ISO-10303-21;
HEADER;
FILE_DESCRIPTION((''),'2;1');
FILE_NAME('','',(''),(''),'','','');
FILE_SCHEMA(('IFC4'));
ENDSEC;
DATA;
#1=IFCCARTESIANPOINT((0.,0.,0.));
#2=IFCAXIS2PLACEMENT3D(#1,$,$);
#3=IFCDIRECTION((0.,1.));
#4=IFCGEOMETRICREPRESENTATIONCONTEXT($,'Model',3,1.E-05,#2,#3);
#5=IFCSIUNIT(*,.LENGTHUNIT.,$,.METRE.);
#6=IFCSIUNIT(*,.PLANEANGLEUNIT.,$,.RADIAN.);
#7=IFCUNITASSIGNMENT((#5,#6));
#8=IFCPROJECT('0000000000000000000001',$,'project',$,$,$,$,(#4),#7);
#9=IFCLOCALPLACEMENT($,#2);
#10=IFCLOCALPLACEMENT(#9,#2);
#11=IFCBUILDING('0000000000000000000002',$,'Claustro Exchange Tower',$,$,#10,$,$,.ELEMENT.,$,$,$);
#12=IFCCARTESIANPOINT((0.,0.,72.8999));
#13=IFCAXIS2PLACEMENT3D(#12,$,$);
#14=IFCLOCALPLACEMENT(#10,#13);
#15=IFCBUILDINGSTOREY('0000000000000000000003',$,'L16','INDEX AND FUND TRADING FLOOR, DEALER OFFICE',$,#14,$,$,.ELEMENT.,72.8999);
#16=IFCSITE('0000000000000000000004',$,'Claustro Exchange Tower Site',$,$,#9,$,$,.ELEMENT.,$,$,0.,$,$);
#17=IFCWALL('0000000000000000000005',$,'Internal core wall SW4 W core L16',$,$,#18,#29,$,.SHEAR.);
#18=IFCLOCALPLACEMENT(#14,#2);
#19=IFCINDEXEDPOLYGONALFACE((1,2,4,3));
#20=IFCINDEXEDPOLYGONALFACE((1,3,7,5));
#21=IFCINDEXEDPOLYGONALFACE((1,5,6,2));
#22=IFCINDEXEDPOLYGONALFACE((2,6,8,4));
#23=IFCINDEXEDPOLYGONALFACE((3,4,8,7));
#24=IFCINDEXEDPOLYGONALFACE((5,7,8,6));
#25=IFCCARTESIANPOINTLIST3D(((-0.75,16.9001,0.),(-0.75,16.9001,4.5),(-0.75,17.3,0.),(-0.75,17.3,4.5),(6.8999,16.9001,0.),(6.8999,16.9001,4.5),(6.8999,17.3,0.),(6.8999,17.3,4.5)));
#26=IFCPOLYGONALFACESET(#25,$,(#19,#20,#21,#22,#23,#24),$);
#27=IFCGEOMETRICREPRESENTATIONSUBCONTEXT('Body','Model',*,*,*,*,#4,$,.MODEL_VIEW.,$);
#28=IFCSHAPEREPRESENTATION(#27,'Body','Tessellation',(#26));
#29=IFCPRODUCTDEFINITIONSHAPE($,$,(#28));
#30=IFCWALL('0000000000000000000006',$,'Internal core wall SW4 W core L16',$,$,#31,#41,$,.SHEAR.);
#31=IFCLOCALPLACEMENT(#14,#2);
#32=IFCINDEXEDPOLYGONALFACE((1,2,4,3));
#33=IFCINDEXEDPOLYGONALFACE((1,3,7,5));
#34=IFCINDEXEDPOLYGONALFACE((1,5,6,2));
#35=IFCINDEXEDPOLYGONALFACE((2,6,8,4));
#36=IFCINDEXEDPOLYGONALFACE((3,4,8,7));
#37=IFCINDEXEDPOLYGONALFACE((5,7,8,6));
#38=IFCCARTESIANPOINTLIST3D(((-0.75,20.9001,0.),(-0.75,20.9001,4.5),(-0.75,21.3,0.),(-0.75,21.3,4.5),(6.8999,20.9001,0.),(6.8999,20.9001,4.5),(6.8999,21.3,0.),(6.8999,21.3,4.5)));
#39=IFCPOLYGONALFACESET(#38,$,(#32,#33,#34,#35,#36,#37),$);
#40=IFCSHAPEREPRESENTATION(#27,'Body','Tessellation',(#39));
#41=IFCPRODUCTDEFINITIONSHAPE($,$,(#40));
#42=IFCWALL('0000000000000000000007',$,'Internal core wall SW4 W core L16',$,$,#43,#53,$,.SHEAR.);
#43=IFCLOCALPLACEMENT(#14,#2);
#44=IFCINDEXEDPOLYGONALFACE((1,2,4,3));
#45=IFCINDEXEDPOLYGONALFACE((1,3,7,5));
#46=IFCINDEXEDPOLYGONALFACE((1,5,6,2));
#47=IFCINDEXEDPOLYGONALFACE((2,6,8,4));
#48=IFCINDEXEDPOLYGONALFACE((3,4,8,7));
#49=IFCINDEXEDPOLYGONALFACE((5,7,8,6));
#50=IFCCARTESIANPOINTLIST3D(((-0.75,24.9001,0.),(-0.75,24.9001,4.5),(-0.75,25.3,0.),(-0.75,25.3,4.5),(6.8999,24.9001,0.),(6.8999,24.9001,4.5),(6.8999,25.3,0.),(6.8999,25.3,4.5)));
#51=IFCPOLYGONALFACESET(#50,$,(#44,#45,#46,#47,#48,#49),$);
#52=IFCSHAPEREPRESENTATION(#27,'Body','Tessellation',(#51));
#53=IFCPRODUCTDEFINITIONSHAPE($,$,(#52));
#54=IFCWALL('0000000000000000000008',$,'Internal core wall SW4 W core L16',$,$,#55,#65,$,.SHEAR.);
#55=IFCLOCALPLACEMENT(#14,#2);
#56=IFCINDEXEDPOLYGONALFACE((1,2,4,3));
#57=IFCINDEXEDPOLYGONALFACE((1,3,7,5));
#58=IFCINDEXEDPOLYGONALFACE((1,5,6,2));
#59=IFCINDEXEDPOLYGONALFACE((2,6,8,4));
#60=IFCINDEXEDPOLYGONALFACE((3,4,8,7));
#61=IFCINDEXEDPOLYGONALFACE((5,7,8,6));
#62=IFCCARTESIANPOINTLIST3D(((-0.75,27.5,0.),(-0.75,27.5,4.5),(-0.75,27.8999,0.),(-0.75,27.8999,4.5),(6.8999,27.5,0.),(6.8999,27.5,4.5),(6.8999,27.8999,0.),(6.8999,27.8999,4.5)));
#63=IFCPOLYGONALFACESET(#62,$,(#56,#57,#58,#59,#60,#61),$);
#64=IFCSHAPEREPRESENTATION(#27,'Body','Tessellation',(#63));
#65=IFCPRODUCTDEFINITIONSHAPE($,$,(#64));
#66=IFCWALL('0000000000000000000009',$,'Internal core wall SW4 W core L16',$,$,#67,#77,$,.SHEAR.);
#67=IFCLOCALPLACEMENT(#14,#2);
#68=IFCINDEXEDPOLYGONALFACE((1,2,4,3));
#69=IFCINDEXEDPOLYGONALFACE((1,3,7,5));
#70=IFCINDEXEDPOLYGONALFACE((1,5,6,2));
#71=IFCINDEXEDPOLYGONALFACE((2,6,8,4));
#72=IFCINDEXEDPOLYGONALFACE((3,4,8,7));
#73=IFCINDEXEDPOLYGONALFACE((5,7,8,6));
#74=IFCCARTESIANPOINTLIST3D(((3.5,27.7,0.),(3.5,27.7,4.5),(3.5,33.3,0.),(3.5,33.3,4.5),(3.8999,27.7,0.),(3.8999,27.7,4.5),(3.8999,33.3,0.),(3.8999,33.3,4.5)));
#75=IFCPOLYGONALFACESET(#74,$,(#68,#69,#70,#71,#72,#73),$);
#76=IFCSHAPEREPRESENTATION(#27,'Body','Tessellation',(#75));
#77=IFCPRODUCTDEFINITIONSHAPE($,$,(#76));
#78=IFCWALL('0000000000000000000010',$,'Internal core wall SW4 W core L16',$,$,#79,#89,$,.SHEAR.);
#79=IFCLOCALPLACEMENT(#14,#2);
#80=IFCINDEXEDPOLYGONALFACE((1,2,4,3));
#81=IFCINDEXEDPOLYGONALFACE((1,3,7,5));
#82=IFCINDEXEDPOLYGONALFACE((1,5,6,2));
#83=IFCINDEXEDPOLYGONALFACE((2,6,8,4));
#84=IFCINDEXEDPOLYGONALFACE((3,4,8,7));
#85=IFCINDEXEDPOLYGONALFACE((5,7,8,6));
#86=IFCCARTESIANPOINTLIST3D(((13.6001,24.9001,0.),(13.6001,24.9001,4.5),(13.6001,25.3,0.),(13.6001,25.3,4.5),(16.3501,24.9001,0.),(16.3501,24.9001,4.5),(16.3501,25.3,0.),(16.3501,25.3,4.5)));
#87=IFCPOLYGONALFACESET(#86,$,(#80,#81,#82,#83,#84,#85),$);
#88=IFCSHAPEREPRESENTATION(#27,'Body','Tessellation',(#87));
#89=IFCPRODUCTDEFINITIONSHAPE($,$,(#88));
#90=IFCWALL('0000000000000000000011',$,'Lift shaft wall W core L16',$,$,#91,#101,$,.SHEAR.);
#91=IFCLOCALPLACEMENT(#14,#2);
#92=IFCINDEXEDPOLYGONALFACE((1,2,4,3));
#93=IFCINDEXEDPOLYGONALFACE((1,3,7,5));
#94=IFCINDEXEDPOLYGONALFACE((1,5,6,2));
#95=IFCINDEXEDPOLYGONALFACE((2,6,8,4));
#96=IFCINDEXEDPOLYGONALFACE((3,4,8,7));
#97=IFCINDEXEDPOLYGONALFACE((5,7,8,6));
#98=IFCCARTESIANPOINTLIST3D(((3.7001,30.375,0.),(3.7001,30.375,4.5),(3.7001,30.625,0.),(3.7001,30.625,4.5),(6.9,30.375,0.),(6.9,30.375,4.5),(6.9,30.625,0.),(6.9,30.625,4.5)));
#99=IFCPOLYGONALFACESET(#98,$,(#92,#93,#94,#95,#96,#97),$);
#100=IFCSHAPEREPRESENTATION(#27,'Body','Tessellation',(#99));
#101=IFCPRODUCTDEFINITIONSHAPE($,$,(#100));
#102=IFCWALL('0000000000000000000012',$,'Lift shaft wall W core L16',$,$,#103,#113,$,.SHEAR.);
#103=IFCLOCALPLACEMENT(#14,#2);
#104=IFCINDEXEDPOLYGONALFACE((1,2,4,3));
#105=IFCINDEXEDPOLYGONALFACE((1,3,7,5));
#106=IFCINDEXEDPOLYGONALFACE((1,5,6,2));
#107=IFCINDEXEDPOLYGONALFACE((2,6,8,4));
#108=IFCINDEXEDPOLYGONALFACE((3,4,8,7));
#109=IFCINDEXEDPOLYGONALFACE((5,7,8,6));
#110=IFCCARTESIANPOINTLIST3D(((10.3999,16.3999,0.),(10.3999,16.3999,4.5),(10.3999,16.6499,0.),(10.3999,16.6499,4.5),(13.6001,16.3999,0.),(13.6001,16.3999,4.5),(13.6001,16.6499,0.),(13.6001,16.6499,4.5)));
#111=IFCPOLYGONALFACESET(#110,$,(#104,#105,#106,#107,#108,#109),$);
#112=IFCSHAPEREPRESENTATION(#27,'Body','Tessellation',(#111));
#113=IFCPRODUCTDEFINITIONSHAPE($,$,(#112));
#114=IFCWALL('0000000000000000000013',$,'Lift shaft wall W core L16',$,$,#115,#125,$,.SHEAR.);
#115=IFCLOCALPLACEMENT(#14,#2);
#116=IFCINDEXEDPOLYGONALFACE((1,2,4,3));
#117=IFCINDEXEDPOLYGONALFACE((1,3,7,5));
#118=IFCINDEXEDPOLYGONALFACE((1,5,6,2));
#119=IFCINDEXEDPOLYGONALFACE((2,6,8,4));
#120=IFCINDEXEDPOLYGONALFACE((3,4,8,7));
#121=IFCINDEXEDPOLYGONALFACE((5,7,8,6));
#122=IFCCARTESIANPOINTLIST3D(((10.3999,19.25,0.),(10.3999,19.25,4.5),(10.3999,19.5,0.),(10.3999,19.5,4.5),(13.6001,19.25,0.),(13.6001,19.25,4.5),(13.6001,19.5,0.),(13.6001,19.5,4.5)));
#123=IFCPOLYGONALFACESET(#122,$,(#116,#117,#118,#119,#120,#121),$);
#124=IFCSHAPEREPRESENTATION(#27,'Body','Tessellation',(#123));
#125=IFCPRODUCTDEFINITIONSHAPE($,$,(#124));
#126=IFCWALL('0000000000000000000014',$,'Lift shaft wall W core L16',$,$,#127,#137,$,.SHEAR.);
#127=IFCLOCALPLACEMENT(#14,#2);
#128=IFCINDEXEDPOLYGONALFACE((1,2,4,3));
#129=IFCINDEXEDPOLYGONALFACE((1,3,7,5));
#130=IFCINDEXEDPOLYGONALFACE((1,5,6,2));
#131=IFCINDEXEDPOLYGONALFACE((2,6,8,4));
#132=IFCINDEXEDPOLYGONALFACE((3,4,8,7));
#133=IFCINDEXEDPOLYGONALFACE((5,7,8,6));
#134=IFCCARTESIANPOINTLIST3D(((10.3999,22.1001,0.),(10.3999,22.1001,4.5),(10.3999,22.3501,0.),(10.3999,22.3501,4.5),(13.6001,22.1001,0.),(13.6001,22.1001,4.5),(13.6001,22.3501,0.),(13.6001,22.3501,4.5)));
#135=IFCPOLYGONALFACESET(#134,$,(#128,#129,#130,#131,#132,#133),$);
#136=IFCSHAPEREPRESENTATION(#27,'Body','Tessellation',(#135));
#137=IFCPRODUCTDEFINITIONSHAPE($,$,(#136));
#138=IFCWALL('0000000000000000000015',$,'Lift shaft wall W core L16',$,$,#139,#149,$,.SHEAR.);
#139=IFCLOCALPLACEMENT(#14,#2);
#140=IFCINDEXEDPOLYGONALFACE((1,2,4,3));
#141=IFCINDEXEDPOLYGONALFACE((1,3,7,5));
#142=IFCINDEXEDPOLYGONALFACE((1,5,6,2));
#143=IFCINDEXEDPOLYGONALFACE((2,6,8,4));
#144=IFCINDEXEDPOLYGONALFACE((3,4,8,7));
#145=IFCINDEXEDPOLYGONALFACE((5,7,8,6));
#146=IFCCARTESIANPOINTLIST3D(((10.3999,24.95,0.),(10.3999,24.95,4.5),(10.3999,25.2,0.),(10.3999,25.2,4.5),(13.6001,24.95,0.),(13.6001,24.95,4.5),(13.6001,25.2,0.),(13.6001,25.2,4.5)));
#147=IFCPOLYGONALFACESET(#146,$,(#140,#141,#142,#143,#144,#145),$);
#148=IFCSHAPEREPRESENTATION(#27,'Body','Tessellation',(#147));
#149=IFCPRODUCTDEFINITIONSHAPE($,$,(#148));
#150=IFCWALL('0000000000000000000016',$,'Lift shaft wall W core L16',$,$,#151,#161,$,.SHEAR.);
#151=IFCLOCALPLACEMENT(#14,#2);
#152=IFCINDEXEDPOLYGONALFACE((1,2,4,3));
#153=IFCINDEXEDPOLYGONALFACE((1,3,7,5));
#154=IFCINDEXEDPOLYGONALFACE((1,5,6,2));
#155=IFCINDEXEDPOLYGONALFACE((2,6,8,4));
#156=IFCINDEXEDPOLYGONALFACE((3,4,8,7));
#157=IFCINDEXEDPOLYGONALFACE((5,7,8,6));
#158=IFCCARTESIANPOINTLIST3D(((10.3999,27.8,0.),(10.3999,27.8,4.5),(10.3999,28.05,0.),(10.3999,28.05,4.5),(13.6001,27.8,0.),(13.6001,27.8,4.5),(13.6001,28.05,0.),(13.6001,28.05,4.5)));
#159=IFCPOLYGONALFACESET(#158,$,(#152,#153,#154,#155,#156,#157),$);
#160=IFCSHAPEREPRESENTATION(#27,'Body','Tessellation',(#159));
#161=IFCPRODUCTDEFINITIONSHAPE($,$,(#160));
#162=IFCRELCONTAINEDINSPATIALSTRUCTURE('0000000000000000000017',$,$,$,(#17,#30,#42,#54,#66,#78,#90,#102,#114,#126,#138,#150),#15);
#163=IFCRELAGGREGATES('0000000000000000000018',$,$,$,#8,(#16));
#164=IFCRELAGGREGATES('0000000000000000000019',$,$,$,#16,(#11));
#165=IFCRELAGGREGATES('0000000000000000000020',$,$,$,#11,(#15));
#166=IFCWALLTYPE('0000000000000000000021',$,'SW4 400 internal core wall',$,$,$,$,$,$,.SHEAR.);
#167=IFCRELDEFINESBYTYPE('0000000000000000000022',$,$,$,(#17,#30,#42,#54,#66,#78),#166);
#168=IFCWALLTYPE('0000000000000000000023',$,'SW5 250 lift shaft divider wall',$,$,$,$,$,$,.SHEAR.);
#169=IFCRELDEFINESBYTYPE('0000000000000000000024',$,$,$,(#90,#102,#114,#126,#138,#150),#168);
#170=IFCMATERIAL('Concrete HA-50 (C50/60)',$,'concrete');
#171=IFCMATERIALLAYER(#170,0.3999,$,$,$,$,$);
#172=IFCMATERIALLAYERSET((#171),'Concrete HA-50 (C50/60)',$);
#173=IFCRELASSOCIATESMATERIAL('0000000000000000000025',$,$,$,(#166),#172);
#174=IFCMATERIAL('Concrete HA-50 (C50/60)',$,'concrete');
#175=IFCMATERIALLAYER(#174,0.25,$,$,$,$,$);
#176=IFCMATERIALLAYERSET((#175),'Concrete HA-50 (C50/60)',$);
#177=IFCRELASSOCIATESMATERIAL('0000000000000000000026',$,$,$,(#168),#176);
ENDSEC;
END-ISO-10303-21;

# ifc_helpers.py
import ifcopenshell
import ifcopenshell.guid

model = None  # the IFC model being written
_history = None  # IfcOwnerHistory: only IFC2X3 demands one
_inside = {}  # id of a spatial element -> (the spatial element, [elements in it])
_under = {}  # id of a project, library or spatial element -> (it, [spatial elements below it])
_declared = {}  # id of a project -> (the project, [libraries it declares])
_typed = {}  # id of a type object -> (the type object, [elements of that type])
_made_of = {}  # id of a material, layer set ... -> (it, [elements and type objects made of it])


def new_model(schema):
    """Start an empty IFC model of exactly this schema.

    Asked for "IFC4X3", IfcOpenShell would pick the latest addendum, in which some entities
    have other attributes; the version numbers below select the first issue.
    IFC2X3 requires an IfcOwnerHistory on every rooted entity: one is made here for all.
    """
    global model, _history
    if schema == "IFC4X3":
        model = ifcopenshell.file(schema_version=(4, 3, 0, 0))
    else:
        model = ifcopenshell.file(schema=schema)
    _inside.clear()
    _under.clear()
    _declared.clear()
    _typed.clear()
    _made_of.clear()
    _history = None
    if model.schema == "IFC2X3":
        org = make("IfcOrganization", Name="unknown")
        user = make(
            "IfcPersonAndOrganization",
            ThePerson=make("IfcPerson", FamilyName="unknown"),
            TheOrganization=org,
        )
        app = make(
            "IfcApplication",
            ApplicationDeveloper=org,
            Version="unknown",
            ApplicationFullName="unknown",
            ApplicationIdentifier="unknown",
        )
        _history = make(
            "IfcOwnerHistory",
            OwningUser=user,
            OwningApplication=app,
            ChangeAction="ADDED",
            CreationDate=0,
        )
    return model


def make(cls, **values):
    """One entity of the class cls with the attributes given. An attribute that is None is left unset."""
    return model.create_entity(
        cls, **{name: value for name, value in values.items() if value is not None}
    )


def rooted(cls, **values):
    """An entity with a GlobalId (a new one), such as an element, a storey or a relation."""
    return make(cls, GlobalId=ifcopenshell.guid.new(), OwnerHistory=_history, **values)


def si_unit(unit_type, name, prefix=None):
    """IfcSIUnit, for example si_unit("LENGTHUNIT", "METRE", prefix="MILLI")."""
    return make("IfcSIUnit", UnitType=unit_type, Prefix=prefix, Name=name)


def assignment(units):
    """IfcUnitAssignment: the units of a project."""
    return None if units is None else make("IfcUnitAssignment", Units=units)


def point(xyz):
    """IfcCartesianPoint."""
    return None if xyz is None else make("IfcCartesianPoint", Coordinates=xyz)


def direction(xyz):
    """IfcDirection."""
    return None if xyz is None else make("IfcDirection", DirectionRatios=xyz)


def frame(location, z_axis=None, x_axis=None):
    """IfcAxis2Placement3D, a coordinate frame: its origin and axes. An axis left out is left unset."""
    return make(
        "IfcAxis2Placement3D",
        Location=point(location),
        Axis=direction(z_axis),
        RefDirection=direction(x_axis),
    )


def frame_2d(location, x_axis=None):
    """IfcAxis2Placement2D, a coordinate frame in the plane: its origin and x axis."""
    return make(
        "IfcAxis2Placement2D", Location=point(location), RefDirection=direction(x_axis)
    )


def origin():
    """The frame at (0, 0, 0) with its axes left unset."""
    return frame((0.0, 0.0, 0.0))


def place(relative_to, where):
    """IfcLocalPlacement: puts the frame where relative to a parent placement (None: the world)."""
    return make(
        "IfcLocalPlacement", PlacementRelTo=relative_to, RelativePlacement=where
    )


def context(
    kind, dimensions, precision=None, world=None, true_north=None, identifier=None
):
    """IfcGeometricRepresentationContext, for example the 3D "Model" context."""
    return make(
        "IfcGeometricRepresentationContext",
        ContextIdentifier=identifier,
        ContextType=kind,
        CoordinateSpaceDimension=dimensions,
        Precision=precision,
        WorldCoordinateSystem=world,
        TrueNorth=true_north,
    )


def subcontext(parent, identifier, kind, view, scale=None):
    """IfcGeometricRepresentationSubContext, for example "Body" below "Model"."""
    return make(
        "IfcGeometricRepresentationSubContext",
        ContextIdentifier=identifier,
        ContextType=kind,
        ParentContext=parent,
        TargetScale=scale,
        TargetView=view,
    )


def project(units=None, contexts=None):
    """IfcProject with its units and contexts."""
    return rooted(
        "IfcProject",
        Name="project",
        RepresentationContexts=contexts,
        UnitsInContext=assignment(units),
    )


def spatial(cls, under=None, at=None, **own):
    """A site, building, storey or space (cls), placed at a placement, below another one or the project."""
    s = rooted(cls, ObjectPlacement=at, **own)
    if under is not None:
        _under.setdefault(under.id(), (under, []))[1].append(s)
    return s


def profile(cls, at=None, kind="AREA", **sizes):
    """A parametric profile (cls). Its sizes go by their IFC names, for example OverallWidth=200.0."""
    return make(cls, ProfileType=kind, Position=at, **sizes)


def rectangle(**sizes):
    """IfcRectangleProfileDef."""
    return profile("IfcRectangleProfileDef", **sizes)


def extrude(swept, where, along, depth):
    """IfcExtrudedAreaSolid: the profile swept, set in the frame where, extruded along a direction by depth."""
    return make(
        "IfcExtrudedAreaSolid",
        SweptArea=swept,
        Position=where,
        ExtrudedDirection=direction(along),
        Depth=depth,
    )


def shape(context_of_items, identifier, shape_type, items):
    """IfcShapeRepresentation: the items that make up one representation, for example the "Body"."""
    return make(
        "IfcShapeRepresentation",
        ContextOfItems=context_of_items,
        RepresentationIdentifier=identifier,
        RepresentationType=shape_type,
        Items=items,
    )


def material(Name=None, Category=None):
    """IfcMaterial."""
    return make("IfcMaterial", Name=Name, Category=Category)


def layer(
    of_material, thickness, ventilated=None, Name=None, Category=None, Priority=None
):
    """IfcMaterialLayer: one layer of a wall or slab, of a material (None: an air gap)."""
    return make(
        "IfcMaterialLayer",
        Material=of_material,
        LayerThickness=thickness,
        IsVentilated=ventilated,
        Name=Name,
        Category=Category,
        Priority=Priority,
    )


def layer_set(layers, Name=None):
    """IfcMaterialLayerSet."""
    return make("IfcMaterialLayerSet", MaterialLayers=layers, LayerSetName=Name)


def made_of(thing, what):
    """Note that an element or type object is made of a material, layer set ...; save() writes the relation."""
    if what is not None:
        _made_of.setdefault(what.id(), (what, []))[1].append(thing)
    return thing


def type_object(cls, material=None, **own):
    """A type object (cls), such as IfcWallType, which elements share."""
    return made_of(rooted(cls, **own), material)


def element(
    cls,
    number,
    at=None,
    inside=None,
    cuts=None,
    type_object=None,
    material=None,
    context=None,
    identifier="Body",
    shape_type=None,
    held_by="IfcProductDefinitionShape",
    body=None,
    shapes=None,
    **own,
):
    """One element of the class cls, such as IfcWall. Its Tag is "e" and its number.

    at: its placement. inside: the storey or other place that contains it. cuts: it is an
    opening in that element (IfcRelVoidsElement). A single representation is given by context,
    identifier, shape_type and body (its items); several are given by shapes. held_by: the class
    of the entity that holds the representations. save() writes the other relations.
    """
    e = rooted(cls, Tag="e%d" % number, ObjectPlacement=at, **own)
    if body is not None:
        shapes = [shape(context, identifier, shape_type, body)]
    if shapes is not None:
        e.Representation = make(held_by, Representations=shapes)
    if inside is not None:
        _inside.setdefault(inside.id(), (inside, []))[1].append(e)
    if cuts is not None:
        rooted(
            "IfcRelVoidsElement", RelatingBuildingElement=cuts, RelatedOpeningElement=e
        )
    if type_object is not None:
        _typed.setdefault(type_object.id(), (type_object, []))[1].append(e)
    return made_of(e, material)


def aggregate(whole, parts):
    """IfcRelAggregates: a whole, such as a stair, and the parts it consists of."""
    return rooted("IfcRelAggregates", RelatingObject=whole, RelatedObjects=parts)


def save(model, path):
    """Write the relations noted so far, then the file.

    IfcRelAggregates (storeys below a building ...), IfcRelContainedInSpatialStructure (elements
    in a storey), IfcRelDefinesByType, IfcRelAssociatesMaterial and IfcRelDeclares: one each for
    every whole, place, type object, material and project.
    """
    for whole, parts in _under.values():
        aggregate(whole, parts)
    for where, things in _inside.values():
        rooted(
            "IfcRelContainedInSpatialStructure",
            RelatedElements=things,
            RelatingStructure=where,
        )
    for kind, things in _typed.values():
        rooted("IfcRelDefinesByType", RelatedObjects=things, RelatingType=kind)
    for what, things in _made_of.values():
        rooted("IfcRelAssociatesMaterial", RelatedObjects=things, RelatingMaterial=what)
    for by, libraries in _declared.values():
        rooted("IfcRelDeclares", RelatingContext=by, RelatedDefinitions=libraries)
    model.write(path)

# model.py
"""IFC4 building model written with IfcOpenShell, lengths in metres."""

from ifc_helpers import new_model, si_unit, direction, frame, frame_2d, origin, place, context, subcontext, project, spatial, rectangle, extrude, material, layer, layer_set, type_object, element, save


model = new_model("IFC4")

# Units and contexts
model_context = context("Model", 3, precision=1e-05, world=origin(), true_north=direction((0.0, 1.0)))
body_context = subcontext(model_context, "Body", "Model", "MODEL_VIEW")
ifc_project = project(units=[si_unit("LENGTHUNIT", "METRE"), si_unit("PLANEANGLEUNIT", "RADIAN")], contexts=[model_context])

# Site, building, storey
site_placement = place(None, origin())
site = spatial("IfcSite", under=ifc_project, at=site_placement, Name="Claustro Exchange Tower Site", CompositionType="ELEMENT", RefElevation=0.0)
building_placement = place(site_placement, origin())
building = spatial("IfcBuilding", under=site, at=building_placement, Name="Claustro Exchange Tower", CompositionType="ELEMENT")
storey_placement = place(building_placement, frame((0.0, 0.0, 72.8999)))
storey = spatial("IfcBuildingStorey", under=building, at=storey_placement, Name="L16", Description="INDEX AND FUND TRADING FLOOR, DEALER OFFICE", CompositionType="ELEMENT", Elevation=72.8999)

# Walls
ifc_material_1 = material(Name="Concrete HA-50 (C50/60)", Category="concrete")
ifc_layer_1 = layer(ifc_material_1, 0.3999)
ifc_layer_set_1 = layer_set([ifc_layer_1], Name="Concrete HA-50 (C50/60)")
wall_type_1 = type_object("IfcWallType", Name="SW4 400 internal core wall", PredefinedType="SHEAR", material=ifc_layer_set_1)
for number, where, z_axis, x_axis, name in (
    (1, (-0.75, 17.1001, 0.0), (0.0, 0.0, 1.0), (1.0, 0.0, 0.0), "Internal core wall SW4 W core L16"),
    (2, (-0.75, 21.1001, 0.0), (0.0, 0.0, 1.0), (1.0, 0.0, 0.0), "Internal core wall SW4 W core L16"),
    (3, (-0.75, 25.1001, 0.0), (0.0, 0.0, 1.0), (1.0, 0.0, 0.0), "Internal core wall SW4 W core L16"),
    (4, (-0.75, 27.7, 0.0), (0.0, 0.0, 1.0), (1.0, 0.0, 0.0), "Internal core wall SW4 W core L16"),
):
    element("IfcWall", number, at=place(storey_placement, frame(where, z_axis=z_axis, x_axis=x_axis)), inside=storey, type_object=wall_type_1, Name=name, PredefinedType="SHEAR", context=body_context, shape_type="SweptSolid", body=[
        extrude(rectangle(XDim=7.6499, YDim=0.3999, at=frame_2d((3.825, 0.0))), origin(), (0.0, 0.0, 1.0), 4.5),
    ])
wall_1_placement = place(storey_placement, frame((3.7, 27.7, 0.0), z_axis=(0.0, 0.0, 1.0), x_axis=(0.0, 1.0, 0.0)))
element("IfcWall", 5, at=wall_1_placement, inside=storey, type_object=wall_type_1, Name="Internal core wall SW4 W core L16", PredefinedType="SHEAR", context=body_context, shape_type="SweptSolid", body=[
    extrude(rectangle(XDim=5.6001, YDim=0.3999, at=frame_2d((2.8, 0.0))), origin(), (0.0, 0.0, 1.0), 4.5),
])
wall_2_placement = place(storey_placement, frame((13.6001, 25.1001, 0.0), z_axis=(0.0, 0.0, 1.0), x_axis=(1.0, 0.0, 0.0)))
element("IfcWall", 6, at=wall_2_placement, inside=storey, type_object=wall_type_1, Name="Internal core wall SW4 W core L16", PredefinedType="SHEAR", context=body_context, shape_type="SweptSolid", body=[
    extrude(rectangle(XDim=2.75, YDim=0.3999, at=frame_2d((1.375, 0.0))), origin(), (0.0, 0.0, 1.0), 4.5),
])
ifc_material_2 = material(Name="Concrete HA-50 (C50/60)", Category="concrete")
ifc_layer_2 = layer(ifc_material_2, 0.25)
ifc_layer_set_2 = layer_set([ifc_layer_2], Name="Concrete HA-50 (C50/60)")
wall_type_2 = type_object("IfcWallType", Name="SW5 250 lift shaft divider wall", PredefinedType="SHEAR", material=ifc_layer_set_2)
wall_3_placement = place(storey_placement, frame((3.7, 30.5, 0.0), z_axis=(0.0, 0.0, 1.0), x_axis=(1.0, 0.0, 0.0)))
element("IfcWall", 7, at=wall_3_placement, inside=storey, type_object=wall_type_2, Name="Lift shaft wall W core L16", PredefinedType="SHEAR", context=body_context, shape_type="SweptSolid", body=[
    extrude(rectangle(XDim=3.2, YDim=0.25, at=frame_2d((1.6001, 0.0))), origin(), (0.0, 0.0, 1.0), 4.5),
])
for number, where, z_axis, x_axis, name in (
    (8, (10.3999, 16.5249, 0.0), (0.0, 0.0, 1.0), (1.0, 0.0, 0.0), "Lift shaft wall W core L16"),
    (9, (10.3999, 19.375, 0.0), (0.0, 0.0, 1.0), (1.0, 0.0, 0.0), "Lift shaft wall W core L16"),
    (10, (10.3999, 22.2251, 0.0), (0.0, 0.0, 1.0), (1.0, 0.0, 0.0), "Lift shaft wall W core L16"),
    (11, (10.3999, 25.075, 0.0), (0.0, 0.0, 1.0), (1.0, 0.0, 0.0), "Lift shaft wall W core L16"),
    (12, (10.3999, 27.925, 0.0), (0.0, 0.0, 1.0), (1.0, 0.0, 0.0), "Lift shaft wall W core L16"),
):
    element("IfcWall", number, at=place(storey_placement, frame(where, z_axis=z_axis, x_axis=x_axis)), inside=storey, type_object=wall_type_2, Name=name, PredefinedType="SHEAR", context=body_context, shape_type="SweptSolid", body=[
        extrude(rectangle(XDim=3.2002, YDim=0.25, at=frame_2d((1.6001, 0.0))), origin(), (0.0, 0.0, 1.0), 4.5),
    ])

save(model, "model.ifc")
